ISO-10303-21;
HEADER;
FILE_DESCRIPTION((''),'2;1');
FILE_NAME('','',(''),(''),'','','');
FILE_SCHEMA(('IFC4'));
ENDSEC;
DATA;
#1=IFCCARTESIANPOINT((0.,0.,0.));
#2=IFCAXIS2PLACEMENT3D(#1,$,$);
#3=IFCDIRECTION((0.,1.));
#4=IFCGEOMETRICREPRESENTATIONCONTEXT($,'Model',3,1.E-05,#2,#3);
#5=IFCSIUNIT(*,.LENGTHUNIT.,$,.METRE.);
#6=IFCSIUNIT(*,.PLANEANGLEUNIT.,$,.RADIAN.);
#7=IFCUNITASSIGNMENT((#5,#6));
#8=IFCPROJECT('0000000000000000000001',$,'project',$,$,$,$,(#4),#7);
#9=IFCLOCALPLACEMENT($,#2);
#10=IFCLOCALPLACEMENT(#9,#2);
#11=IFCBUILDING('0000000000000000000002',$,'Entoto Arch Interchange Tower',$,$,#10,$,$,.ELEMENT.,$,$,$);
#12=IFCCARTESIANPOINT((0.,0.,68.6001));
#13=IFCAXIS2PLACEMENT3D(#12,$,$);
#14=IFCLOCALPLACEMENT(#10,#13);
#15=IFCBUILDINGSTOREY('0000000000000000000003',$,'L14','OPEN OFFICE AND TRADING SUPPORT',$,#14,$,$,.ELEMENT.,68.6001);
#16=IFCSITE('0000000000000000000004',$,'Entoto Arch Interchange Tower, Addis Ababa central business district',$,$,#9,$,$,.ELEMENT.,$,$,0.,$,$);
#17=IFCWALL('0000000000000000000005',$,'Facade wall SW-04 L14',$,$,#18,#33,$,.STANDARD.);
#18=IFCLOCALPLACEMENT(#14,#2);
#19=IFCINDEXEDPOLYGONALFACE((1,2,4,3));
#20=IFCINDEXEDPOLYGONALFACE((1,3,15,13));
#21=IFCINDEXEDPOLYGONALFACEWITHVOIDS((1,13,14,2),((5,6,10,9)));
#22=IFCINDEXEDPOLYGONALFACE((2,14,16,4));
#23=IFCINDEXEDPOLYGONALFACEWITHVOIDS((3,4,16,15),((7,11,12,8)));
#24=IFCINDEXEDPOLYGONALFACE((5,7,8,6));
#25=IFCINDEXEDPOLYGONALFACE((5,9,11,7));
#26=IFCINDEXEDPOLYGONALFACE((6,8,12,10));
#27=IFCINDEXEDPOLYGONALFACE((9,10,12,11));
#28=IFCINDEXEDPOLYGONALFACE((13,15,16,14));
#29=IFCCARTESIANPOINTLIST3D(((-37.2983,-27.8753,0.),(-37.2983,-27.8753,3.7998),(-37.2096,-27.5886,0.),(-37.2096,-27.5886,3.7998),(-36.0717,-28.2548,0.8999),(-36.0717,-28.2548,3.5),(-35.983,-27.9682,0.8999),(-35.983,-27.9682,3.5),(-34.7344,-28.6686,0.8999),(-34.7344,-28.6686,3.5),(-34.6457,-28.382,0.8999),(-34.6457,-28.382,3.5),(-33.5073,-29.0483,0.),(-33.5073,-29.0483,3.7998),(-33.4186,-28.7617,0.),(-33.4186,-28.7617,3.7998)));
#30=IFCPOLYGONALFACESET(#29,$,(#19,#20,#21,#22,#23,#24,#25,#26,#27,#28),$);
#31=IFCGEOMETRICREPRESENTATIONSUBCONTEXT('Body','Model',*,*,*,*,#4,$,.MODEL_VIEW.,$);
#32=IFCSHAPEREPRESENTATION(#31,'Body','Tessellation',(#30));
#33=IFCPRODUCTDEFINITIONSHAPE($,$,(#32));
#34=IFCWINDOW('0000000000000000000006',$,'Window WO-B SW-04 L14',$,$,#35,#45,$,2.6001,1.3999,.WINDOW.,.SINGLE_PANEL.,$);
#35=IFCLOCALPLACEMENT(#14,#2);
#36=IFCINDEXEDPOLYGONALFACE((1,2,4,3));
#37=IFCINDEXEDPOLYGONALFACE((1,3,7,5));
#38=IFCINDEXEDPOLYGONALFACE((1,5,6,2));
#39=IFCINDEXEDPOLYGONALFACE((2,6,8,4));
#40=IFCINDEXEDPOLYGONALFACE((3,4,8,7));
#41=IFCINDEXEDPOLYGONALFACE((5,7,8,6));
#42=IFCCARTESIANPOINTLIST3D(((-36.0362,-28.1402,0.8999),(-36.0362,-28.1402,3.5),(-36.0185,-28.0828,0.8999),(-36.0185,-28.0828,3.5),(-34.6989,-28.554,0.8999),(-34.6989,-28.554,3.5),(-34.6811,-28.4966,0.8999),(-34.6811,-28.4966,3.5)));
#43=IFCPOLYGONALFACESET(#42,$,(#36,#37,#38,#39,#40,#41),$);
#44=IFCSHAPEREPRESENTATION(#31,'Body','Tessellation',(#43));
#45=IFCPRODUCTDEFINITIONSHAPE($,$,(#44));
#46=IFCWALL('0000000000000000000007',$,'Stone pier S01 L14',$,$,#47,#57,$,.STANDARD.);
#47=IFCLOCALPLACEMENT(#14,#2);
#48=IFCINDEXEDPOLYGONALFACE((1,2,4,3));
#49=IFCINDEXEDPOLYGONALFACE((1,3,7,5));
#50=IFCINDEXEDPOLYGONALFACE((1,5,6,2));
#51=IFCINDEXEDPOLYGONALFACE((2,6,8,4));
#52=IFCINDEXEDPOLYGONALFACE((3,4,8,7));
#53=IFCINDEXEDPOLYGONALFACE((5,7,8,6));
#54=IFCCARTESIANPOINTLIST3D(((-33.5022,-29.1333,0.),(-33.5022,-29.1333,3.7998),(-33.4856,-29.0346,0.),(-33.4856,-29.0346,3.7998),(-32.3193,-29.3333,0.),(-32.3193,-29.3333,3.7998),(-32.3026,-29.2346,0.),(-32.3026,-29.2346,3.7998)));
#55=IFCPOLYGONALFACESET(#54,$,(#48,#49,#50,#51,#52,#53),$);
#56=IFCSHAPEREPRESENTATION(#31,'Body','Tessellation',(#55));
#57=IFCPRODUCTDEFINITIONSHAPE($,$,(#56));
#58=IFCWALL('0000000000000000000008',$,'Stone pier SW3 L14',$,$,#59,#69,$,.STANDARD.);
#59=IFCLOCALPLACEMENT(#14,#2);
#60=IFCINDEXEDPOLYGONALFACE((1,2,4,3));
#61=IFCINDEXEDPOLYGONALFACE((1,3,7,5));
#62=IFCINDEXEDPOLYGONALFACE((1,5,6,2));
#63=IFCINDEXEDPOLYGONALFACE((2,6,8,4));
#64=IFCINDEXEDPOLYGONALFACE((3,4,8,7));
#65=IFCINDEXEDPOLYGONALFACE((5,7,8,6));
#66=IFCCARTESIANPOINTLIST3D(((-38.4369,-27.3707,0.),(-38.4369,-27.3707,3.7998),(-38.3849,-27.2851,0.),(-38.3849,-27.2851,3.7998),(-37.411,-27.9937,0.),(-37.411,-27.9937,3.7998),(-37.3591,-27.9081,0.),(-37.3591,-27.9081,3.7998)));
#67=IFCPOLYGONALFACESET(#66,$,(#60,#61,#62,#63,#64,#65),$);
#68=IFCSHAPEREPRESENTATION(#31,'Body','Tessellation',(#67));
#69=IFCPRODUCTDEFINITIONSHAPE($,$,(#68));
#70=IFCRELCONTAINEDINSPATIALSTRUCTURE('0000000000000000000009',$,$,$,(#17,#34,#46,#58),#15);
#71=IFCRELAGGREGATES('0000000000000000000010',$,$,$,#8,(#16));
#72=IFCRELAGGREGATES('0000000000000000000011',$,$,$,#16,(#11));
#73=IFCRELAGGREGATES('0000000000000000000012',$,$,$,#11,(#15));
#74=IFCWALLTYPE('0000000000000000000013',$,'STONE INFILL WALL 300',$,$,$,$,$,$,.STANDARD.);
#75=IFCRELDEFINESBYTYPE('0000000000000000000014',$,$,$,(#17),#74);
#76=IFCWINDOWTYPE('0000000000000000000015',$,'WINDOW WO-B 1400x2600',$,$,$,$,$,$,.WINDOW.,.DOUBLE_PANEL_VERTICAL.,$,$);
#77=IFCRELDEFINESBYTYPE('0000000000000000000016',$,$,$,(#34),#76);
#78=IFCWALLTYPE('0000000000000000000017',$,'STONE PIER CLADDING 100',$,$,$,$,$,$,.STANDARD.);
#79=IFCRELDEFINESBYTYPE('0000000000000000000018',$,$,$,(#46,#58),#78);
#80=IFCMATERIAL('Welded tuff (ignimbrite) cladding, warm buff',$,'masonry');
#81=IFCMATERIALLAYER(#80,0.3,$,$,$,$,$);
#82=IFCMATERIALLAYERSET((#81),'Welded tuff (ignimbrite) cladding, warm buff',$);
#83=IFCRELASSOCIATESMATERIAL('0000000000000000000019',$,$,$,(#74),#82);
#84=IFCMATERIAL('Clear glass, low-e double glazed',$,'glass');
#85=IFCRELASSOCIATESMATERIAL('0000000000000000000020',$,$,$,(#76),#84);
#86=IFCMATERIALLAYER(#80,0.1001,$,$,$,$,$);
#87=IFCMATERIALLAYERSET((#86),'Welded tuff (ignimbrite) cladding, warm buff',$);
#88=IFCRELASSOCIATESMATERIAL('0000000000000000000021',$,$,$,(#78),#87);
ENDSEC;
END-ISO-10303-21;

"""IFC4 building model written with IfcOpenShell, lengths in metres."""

from ifc_helpers import new_model, si_unit, direction, frame, frame_2d, origin, place, context, subcontext, project, spatial, rectangle, extrude, material, layer, layer_set, type_object, element, fill, save


model = new_model("IFC4")

# Units and contexts
model_context = context("Model", 3, precision=1e-05, world=origin(), true_north=direction((0.0, 1.0)))
body_context = subcontext(model_context, "Body", "Model", "MODEL_VIEW")
ifc_project = project(units=[si_unit("LENGTHUNIT", "METRE"), si_unit("PLANEANGLEUNIT", "RADIAN")], contexts=[model_context])

# Site, building, storey
site_placement = place(None, origin())
site = spatial("IfcSite", under=ifc_project, at=site_placement, Name="Entoto Arch Interchange Tower, Addis Ababa central business district", CompositionType="ELEMENT", RefElevation=0.0)
building_placement = place(site_placement, origin())
building = spatial("IfcBuilding", under=site, at=building_placement, Name="Entoto Arch Interchange Tower", CompositionType="ELEMENT")
storey_placement = place(building_placement, frame((0.0, 0.0, 68.6001)))
storey = spatial("IfcBuildingStorey", under=building, at=storey_placement, Name="L14", Description="OPEN OFFICE AND TRADING SUPPORT", CompositionType="ELEMENT", Elevation=68.6001)

# Wall, opening, window
ifc_material_1 = material(Name="Welded tuff (ignimbrite) cladding, warm buff", Category="masonry")
ifc_layer_1 = layer(ifc_material_1, 0.3)
ifc_layer_set_1 = layer_set([ifc_layer_1], Name="Welded tuff (ignimbrite) cladding, warm buff")
wall_type_1 = type_object("IfcWallType", Name="STONE INFILL WALL 300", PredefinedType="STANDARD", material=ifc_layer_set_1)
ifc_material_2 = material(Name="Clear glass, low-e double glazed", Category="glass")
window_type = type_object("IfcWindowType", Name="WINDOW WO-B 1400x2600", PartitioningType="DOUBLE_PANEL_VERTICAL", PredefinedType="WINDOW", material=ifc_material_2)
wall_1_placement = place(storey_placement, frame((-37.2539, -27.7319, 0.0), z_axis=(0.0, 0.0, 1.0), x_axis=(0.955308, -0.295612, 0.0)))
wall_1 = element("IfcWall", 1, at=wall_1_placement, inside=storey, type_object=wall_type_1, Name="Facade wall SW-04 L14", PredefinedType="STANDARD", context=body_context, shape_type="SweptSolid", body=[
    extrude(rectangle(XDim=3.9683, YDim=0.3, at=frame_2d((1.9841, 0.0))), origin(), (0.0, 0.0, 1.0), 3.7998),
])
opening_1_placement = place(wall_1_placement, frame((1.2839, 0.0, 0.8999)))
opening_1 = element("IfcOpeningElement", 2, at=opening_1_placement, cuts=wall_1, PredefinedType="OPENING", context=body_context, shape_type="SweptSolid", body=[
    extrude(rectangle(XDim=1.3999, YDim=2.6001, at=frame_2d((0.7, 1.3))), frame((0.0, 0.1602, 0.0), z_axis=(0.0, -1.0, 0.0), x_axis=(1.0, 0.0, 0.0)), (0.0, 0.0, 1.0), 0.3201),
])
window_1_placement = place(opening_1_placement, origin())
window_1 = element("IfcWindow", 3, at=window_1_placement, inside=storey, type_object=window_type, Name="Window WO-B SW-04 L14", OverallHeight=2.6001, OverallWidth=1.3999, PartitioningType="SINGLE_PANEL", PredefinedType="WINDOW", context=body_context, shape_type="SweptSolid", body=[
    extrude(rectangle(XDim=1.3999, YDim=2.6001, at=frame_2d((0.7, 1.3))), frame((0.0, 0.03, 0.0), z_axis=(0.0, -1.0, 0.0), x_axis=(1.0, 0.0, 0.0)), (0.0, 0.0, 1.0), 0.0601),
])
fill(opening_1, window_1)

# Walls
ifc_layer_2 = layer(ifc_material_1, 0.1001)
ifc_layer_set_2 = layer_set([ifc_layer_2], Name="Welded tuff (ignimbrite) cladding, warm buff")
wall_type_2 = type_object("IfcWallType", Name="STONE PIER CLADDING 100", PredefinedType="STANDARD", material=ifc_layer_set_2)
wall_2_placement = place(storey_placement, frame((-33.4939, -29.084, 0.0), z_axis=(0.0, 0.0, 1.0), x_axis=(0.986012, -0.166676, 0.0)))
element("IfcWall", 4, at=wall_2_placement, inside=storey, type_object=wall_type_2, Name="Stone pier S01 L14", PredefinedType="STANDARD", context=body_context, shape_type="SweptSolid", body=[
    extrude(rectangle(XDim=1.1997, YDim=0.1001, at=frame_2d((0.5999, 0.0))), origin(), (0.0, 0.0, 1.0), 3.7998),
])
wall_3_placement = place(storey_placement, frame((-38.4109, -27.3279, 0.0), z_axis=(0.0, 0.0, 1.0), x_axis=(0.854717, -0.519095, 0.0)))
element("IfcWall", 5, at=wall_3_placement, inside=storey, type_object=wall_type_2, Name="Stone pier SW3 L14", PredefinedType="STANDARD", context=body_context, shape_type="SweptSolid", body=[
    extrude(rectangle(XDim=1.2002, YDim=0.1001, at=frame_2d((0.6001, 0.0))), origin(), (0.0, 0.0, 1.0), 3.7998),
])

save(model, "model.ifc")
